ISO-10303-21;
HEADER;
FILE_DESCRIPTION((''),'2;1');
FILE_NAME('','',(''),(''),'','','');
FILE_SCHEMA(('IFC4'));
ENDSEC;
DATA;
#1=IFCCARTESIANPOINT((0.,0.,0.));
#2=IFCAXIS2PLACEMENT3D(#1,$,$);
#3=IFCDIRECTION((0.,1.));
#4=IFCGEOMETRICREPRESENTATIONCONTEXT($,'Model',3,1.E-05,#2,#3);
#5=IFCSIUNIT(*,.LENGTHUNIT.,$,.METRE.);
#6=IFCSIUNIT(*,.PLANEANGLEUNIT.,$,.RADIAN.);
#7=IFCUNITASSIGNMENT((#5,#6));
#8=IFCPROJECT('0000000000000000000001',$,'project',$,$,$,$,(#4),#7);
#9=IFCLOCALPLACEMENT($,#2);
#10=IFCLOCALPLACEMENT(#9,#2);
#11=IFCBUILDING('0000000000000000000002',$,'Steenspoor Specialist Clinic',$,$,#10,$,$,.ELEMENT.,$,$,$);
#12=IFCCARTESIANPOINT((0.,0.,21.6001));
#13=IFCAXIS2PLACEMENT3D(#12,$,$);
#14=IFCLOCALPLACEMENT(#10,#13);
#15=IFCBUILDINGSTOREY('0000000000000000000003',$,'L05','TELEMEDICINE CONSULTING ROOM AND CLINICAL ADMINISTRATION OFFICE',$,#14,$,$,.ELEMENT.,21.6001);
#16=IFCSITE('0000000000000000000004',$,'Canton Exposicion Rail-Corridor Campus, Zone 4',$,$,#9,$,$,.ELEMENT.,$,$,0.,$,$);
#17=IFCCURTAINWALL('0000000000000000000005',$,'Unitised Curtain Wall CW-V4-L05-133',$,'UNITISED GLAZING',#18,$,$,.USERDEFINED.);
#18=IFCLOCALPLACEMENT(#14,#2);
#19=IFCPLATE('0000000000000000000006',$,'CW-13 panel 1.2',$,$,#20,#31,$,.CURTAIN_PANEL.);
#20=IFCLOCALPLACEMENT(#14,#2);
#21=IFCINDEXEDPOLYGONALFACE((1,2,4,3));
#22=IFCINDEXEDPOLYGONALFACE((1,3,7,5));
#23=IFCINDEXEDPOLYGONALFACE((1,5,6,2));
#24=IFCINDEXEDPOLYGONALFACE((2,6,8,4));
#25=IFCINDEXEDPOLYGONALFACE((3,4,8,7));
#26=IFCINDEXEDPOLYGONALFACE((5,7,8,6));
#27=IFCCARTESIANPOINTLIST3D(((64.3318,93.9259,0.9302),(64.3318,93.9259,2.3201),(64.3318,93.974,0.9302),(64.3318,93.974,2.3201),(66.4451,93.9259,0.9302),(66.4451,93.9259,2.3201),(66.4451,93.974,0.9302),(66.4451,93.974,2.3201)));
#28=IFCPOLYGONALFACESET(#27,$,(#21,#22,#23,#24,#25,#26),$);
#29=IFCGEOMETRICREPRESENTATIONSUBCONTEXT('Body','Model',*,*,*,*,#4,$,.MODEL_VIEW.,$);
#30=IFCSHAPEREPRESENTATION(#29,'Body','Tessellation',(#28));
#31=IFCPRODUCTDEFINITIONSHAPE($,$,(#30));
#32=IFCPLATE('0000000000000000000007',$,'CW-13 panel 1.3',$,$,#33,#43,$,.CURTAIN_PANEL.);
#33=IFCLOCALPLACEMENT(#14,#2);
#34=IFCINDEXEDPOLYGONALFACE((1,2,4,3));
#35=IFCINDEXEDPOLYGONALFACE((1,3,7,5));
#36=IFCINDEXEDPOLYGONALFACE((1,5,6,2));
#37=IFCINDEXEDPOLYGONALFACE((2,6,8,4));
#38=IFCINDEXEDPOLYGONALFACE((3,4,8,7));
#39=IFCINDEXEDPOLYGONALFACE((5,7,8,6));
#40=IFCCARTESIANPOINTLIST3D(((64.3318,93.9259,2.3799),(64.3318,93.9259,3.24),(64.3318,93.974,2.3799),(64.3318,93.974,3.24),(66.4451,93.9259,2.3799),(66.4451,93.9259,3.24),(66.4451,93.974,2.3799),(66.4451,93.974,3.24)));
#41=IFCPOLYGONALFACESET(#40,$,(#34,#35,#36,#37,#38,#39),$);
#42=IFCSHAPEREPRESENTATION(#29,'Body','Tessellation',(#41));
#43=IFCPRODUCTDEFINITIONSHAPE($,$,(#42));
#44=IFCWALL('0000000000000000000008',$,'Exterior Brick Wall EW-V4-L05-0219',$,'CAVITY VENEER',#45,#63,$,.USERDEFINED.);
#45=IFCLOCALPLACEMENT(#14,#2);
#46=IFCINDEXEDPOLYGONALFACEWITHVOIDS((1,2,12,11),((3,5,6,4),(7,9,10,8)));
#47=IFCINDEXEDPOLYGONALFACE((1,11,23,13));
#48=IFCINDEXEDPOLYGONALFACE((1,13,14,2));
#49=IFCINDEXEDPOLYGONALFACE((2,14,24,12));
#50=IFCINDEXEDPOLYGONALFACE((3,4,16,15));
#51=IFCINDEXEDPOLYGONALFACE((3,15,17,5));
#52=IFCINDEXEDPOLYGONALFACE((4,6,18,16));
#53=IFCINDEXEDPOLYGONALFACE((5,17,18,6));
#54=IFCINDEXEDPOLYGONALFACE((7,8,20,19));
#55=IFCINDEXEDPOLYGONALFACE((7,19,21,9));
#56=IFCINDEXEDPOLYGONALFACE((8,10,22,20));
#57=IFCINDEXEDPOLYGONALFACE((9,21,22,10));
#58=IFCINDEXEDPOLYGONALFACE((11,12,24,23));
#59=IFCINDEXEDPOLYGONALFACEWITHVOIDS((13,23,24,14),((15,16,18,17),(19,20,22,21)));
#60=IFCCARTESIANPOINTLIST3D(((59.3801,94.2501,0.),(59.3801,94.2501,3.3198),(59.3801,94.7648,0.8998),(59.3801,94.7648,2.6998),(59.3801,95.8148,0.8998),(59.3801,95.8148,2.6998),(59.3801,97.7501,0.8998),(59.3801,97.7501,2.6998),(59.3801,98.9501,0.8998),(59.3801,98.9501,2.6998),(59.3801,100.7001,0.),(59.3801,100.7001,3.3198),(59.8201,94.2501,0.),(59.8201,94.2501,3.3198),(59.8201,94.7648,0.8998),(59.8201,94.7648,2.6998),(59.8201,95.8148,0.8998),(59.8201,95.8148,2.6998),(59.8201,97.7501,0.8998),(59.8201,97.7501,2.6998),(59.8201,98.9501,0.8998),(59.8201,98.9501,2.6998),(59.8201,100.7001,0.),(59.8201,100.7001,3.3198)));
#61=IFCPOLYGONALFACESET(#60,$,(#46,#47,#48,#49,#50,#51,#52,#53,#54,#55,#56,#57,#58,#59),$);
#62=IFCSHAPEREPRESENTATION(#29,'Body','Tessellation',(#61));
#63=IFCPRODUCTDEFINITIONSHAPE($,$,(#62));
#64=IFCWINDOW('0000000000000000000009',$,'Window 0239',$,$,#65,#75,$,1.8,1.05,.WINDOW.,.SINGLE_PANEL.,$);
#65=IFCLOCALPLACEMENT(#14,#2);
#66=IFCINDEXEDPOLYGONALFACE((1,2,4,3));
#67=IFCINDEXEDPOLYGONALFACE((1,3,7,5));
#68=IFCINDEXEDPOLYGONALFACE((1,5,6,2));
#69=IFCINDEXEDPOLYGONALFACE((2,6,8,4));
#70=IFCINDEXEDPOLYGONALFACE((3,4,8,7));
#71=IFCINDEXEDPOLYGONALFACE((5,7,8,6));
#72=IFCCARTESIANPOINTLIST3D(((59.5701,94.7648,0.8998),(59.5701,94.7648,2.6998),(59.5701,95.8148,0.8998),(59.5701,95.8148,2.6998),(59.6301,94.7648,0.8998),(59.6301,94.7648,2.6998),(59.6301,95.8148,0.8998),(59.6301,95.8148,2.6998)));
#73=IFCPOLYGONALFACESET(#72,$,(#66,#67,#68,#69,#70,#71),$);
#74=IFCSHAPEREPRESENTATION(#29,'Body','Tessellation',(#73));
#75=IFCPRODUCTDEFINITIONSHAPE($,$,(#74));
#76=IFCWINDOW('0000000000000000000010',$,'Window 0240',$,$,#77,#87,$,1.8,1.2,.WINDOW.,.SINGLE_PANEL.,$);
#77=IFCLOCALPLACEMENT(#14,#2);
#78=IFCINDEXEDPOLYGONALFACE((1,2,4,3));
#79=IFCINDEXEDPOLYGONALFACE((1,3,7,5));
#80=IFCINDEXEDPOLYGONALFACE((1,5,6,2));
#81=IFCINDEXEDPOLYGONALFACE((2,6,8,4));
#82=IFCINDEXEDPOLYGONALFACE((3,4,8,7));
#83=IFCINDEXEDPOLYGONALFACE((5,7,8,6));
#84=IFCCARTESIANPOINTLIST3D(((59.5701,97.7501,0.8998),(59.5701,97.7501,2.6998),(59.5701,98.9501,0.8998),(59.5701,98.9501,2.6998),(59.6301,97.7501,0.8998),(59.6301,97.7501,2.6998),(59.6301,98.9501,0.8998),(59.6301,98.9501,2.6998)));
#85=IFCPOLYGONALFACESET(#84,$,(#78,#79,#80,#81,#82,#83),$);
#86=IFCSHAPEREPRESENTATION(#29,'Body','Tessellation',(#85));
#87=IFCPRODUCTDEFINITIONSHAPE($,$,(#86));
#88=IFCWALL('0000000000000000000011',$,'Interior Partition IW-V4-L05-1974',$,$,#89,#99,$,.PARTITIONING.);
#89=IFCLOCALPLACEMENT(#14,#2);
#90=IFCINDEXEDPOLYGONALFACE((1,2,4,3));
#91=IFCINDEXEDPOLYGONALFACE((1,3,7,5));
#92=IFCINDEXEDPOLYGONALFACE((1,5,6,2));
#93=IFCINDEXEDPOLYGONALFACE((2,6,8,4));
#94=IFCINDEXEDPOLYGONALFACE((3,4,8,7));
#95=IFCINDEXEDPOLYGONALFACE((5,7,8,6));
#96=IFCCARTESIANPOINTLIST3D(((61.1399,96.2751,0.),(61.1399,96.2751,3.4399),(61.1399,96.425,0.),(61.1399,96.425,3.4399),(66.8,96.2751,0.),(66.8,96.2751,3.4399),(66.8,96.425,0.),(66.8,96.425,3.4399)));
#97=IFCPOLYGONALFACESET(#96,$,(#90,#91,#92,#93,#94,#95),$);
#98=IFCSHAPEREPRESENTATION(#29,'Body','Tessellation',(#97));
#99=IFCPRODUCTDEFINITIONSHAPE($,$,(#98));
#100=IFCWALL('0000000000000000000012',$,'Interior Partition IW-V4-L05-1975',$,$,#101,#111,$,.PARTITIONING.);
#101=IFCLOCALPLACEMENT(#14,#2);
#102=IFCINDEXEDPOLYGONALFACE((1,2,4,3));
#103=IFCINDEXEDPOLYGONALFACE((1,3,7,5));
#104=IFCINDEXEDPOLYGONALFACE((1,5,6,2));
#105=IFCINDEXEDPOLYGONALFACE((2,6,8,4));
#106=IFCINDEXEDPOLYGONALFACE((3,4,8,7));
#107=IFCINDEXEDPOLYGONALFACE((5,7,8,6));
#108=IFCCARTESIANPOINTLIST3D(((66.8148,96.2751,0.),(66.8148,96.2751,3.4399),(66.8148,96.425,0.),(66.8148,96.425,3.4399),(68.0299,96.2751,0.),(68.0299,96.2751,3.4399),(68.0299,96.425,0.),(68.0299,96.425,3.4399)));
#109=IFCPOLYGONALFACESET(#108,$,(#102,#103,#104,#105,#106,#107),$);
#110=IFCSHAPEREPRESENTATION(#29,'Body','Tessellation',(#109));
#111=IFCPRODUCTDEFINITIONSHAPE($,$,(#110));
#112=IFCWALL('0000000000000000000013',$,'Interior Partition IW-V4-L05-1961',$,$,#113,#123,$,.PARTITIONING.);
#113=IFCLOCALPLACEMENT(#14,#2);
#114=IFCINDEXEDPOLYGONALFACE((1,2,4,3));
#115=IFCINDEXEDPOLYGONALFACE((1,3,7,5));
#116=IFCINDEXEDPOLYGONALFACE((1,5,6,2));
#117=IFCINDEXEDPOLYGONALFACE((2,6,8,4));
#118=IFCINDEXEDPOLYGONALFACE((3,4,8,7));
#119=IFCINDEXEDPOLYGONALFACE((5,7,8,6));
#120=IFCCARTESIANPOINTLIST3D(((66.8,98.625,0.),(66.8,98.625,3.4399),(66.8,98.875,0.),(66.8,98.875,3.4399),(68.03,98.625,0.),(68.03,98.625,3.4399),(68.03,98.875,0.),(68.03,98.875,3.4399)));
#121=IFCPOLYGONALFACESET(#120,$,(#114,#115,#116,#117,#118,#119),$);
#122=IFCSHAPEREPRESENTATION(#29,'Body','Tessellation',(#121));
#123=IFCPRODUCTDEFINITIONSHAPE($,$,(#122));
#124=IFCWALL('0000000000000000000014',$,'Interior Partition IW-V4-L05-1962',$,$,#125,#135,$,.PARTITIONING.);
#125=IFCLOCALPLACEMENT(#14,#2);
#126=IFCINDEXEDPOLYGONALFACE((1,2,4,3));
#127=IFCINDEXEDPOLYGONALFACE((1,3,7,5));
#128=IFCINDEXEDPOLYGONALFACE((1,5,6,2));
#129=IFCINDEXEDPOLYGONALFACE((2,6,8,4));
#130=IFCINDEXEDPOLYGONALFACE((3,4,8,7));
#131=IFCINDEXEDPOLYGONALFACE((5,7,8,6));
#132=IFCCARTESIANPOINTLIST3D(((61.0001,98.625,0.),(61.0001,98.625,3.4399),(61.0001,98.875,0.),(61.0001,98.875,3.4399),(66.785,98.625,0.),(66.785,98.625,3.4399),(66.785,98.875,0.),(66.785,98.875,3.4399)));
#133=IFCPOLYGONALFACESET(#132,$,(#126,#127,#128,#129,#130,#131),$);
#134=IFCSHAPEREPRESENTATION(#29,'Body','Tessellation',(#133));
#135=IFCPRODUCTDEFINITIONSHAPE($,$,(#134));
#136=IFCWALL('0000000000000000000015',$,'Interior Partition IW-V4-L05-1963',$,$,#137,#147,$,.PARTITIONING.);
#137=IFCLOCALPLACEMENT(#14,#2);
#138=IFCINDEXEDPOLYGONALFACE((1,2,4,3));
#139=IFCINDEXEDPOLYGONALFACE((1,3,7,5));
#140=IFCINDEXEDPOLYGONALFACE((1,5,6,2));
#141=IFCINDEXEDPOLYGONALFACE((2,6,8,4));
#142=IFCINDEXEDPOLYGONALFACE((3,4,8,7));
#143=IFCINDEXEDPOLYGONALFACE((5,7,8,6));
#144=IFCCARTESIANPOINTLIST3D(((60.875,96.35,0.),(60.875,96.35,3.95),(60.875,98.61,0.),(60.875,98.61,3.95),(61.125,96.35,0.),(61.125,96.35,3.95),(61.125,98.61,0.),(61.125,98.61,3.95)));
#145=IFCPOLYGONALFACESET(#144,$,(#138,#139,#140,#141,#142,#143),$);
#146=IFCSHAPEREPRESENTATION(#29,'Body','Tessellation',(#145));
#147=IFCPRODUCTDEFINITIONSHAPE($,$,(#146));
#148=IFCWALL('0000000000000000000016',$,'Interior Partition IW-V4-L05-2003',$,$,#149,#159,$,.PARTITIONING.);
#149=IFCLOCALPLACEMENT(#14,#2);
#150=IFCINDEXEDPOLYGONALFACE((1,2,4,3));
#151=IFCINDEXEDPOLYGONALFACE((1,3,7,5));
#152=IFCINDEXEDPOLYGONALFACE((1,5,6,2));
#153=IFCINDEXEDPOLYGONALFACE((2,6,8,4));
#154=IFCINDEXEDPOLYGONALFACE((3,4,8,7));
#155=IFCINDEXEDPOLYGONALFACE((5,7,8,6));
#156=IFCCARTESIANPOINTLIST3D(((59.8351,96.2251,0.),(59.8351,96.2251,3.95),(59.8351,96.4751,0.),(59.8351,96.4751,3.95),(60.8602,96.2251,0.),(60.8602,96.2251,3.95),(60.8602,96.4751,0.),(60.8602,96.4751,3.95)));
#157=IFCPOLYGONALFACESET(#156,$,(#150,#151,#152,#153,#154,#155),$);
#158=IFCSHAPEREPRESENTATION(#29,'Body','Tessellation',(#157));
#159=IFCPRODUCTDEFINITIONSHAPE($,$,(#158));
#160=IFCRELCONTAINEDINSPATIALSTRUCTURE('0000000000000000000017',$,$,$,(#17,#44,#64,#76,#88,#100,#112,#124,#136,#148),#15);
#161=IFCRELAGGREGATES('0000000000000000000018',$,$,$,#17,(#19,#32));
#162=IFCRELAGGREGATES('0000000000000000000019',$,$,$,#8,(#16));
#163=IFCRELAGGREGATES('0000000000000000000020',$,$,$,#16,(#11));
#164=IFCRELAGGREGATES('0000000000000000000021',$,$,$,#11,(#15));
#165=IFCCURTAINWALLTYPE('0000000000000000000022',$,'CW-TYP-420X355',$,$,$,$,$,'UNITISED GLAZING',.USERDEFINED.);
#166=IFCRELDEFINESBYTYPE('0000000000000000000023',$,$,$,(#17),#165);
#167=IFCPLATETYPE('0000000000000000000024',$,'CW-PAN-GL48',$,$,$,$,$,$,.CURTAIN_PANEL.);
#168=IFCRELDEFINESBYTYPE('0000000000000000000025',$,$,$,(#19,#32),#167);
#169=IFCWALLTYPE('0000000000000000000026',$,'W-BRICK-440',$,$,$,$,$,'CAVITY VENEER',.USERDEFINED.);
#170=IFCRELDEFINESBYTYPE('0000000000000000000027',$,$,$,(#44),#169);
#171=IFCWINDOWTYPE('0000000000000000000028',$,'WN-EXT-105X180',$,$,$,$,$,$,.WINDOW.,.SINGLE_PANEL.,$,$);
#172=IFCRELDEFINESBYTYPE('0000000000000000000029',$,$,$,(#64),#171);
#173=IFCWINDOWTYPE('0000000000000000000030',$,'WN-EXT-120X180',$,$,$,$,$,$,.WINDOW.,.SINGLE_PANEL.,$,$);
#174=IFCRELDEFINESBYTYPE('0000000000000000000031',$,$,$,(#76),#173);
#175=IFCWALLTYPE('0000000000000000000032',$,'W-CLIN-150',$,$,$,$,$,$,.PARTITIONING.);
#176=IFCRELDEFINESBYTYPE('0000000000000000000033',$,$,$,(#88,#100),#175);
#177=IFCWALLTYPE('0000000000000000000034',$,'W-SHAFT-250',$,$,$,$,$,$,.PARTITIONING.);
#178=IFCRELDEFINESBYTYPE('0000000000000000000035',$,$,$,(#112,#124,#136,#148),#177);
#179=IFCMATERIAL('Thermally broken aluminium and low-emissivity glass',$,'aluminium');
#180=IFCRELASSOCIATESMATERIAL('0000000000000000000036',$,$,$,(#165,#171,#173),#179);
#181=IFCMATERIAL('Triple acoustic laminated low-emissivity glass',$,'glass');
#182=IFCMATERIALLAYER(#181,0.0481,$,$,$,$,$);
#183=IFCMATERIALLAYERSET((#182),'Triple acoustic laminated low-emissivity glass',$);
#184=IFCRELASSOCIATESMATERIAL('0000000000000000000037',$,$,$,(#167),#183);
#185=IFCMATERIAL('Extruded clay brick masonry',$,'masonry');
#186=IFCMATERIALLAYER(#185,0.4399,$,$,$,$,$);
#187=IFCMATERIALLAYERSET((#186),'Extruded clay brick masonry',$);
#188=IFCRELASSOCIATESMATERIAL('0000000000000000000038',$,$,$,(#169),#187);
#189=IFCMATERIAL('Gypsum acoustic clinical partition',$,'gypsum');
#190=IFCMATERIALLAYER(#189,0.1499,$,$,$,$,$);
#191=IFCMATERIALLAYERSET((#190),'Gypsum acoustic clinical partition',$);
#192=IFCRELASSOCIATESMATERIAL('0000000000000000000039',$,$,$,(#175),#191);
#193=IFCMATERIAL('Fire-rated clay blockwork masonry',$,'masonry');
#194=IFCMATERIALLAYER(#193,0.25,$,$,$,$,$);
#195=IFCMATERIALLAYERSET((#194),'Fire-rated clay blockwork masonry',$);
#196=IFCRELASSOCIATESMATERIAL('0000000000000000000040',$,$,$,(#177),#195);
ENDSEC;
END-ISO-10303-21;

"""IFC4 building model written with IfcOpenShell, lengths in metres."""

from ifc_helpers import new_model, si_unit, direction, frame, frame_2d, origin, origin_2d, place, context, subcontext, project, spatial, rectangle, extrude, material, layer, layer_set, type_object, element, fill, aggregate, save


model = new_model("IFC4")

# Units and contexts
model_context = context("Model", 3, precision=1e-05, world=origin(), true_north=direction((0.0, 1.0)))
body_context = subcontext(model_context, "Body", "Model", "MODEL_VIEW")
ifc_project = project(units=[si_unit("LENGTHUNIT", "METRE"), si_unit("PLANEANGLEUNIT", "RADIAN")], contexts=[model_context])

# Site, building, storey
site_placement = place(None, origin())
site = spatial("IfcSite", under=ifc_project, at=site_placement, Name="Canton Exposicion Rail-Corridor Campus, Zone 4", CompositionType="ELEMENT", RefElevation=0.0)
building_placement = place(site_placement, origin())
building = spatial("IfcBuilding", under=site, at=building_placement, Name="Steenspoor Specialist Clinic", CompositionType="ELEMENT")
storey_placement = place(building_placement, frame((0.0, 0.0, 21.6001)))
storey = spatial("IfcBuildingStorey", under=building, at=storey_placement, Name="L05", Description="TELEMEDICINE CONSULTING ROOM AND CLINICAL ADMINISTRATION OFFICE", CompositionType="ELEMENT", Elevation=21.6001)

# Curtain wall, plates
ifc_material_1 = material(Name="Thermally broken aluminium and low-emissivity glass", Category="aluminium")
curtain_wall_type = type_object("IfcCurtainWallType", Name="CW-TYP-420X355", ElementType="UNITISED GLAZING", PredefinedType="USERDEFINED", material=ifc_material_1)
curtain_wall_placement = place(storey_placement, origin())
curtain_wall = element("IfcCurtainWall", 1, at=curtain_wall_placement, inside=storey, type_object=curtain_wall_type, Name="Unitised Curtain Wall CW-V4-L05-133", ObjectType="UNITISED GLAZING", PredefinedType="USERDEFINED")
ifc_material_2 = material(Name="Triple acoustic laminated low-emissivity glass", Category="glass")
ifc_layer_1 = layer(ifc_material_2, 0.0481)
ifc_layer_set_1 = layer_set([ifc_layer_1], Name="Triple acoustic laminated low-emissivity glass")
plate_type = type_object("IfcPlateType", Name="CW-PAN-GL48", PredefinedType="CURTAIN_PANEL", material=ifc_layer_set_1)
plate_1_placement = place(storey_placement, frame((65.3884, 93.95, 0.9302), z_axis=(0.0, 0.0, 1.0), x_axis=(-1.0, 0.0, 0.0)))
plate_1 = element("IfcPlate", 2, at=plate_1_placement, type_object=plate_type, Name="CW-13 panel 1.2", PredefinedType="CURTAIN_PANEL", context=body_context, shape_type="SweptSolid", body=[
    extrude(rectangle(XDim=2.1133, YDim=0.0481, at=origin_2d()), origin(), (0.0, 0.0, 1.0), 1.3899),
])
plate_2_placement = place(storey_placement, frame((65.3884, 93.95, 2.3799), z_axis=(0.0, 0.0, 1.0), x_axis=(-1.0, 0.0, 0.0)))
plate_2 = element("IfcPlate", 3, at=plate_2_placement, type_object=plate_type, Name="CW-13 panel 1.3", PredefinedType="CURTAIN_PANEL", context=body_context, shape_type="SweptSolid", body=[
    extrude(rectangle(XDim=2.1133, YDim=0.0481, at=origin_2d()), origin(), (0.0, 0.0, 1.0), 0.8601),
])
aggregate(curtain_wall, [plate_1, plate_2])

# Wall, openings, windows
ifc_material_3 = material(Name="Extruded clay brick masonry", Category="masonry")
ifc_layer_2 = layer(ifc_material_3, 0.4399)
ifc_layer_set_2 = layer_set([ifc_layer_2], Name="Extruded clay brick masonry")
wall_type_1 = type_object("IfcWallType", Name="W-BRICK-440", ElementType="CAVITY VENEER", PredefinedType="USERDEFINED", material=ifc_layer_set_2)
wall_1_placement = place(storey_placement, frame((59.6001, 94.25, 0.0), z_axis=(0.0, 0.0, 1.0), x_axis=(0.0, 1.0, 0.0)))
wall_1 = element("IfcWall", 4, at=wall_1_placement, inside=storey, type_object=wall_type_1, Name="Exterior Brick Wall EW-V4-L05-0219", ObjectType="CAVITY VENEER", PredefinedType="USERDEFINED", context=body_context, shape_type="SweptSolid", body=[
    extrude(rectangle(XDim=6.45, YDim=0.4399, at=frame_2d((3.2251, 0.0))), origin(), (0.0, 0.0, 1.0), 3.3198),
])
opening_1_placement = place(wall_1_placement, frame((0.5149, 0.0, 0.8999)))
opening_1 = element("IfcOpeningElement", 5, at=opening_1_placement, cuts=wall_1, PredefinedType="OPENING", context=body_context, shape_type="SweptSolid", body=[
    extrude(rectangle(XDim=1.05, YDim=1.8, at=frame_2d((0.5249, 0.8999))), frame((0.0, 0.23, 0.0), z_axis=(0.0, -1.0, 0.0), x_axis=(1.0, 0.0, 0.0)), (0.0, 0.0, 1.0), 0.46),
])
opening_2_placement = place(wall_1_placement, frame((3.5, 0.0, 0.8999)))
opening_2 = element("IfcOpeningElement", 6, at=opening_2_placement, cuts=wall_1, PredefinedType="OPENING", context=body_context, shape_type="SweptSolid", body=[
    extrude(rectangle(XDim=1.2, YDim=1.8, at=frame_2d((0.6001, 0.8999))), frame((0.0, 0.23, 0.0), z_axis=(0.0, -1.0, 0.0), x_axis=(1.0, 0.0, 0.0)), (0.0, 0.0, 1.0), 0.46),
])
window_type_1 = type_object("IfcWindowType", Name="WN-EXT-105X180", PartitioningType="SINGLE_PANEL", PredefinedType="WINDOW", material=ifc_material_1)
window_1_placement = place(opening_1_placement, origin())
window_1 = element("IfcWindow", 7, at=window_1_placement, inside=storey, type_object=window_type_1, Name="Window 0239", OverallHeight=1.8, OverallWidth=1.05, PartitioningType="SINGLE_PANEL", PredefinedType="WINDOW", context=body_context, shape_type="SweptSolid", body=[
    extrude(rectangle(XDim=1.05, YDim=1.8, at=frame_2d((0.5249, 0.8999))), frame((0.0, 0.03, 0.0), z_axis=(0.0, -1.0, 0.0), x_axis=(1.0, 0.0, 0.0)), (0.0, 0.0, 1.0), 0.0601),
])
fill(opening_1, window_1)
window_type_2 = type_object("IfcWindowType", Name="WN-EXT-120X180", PartitioningType="SINGLE_PANEL", PredefinedType="WINDOW", material=ifc_material_1)
window_2_placement = place(opening_2_placement, origin())
window_2 = element("IfcWindow", 8, at=window_2_placement, inside=storey, type_object=window_type_2, Name="Window 0240", OverallHeight=1.8, OverallWidth=1.2, PartitioningType="SINGLE_PANEL", PredefinedType="WINDOW", context=body_context, shape_type="SweptSolid", body=[
    extrude(rectangle(XDim=1.2, YDim=1.8, at=frame_2d((0.6001, 0.8999))), frame((0.0, 0.03, 0.0), z_axis=(0.0, -1.0, 0.0), x_axis=(1.0, 0.0, 0.0)), (0.0, 0.0, 1.0), 0.0601),
])
fill(opening_2, window_2)

# Walls
ifc_material_4 = material(Name="Gypsum acoustic clinical partition", Category="gypsum")
ifc_layer_3 = layer(ifc_material_4, 0.1499)
ifc_layer_set_3 = layer_set([ifc_layer_3], Name="Gypsum acoustic clinical partition")
wall_type_2 = type_object("IfcWallType", Name="W-CLIN-150", PredefinedType="PARTITIONING", material=ifc_layer_set_3)
wall_2_placement = place(storey_placement, frame((61.1399, 96.3501, 0.0), z_axis=(0.0, 0.0, 1.0), x_axis=(1.0, 0.0, 0.0)))
element("IfcWall", 9, at=wall_2_placement, inside=storey, type_object=wall_type_2, Name="Interior Partition IW-V4-L05-1974", PredefinedType="PARTITIONING", context=body_context, shape_type="SweptSolid", body=[
    extrude(rectangle(XDim=5.6602, YDim=0.1499, at=frame_2d((2.8301, 0.0))), origin(), (0.0, 0.0, 1.0), 3.4399),
])
wall_3_placement = place(storey_placement, frame((66.8149, 96.3501, 0.0), z_axis=(0.0, 0.0, 1.0), x_axis=(1.0, 0.0, 0.0)))
element("IfcWall", 10, at=wall_3_placement, inside=storey, type_object=wall_type_2, Name="Interior Partition IW-V4-L05-1975", PredefinedType="PARTITIONING", context=body_context, shape_type="SweptSolid", body=[
    extrude(rectangle(XDim=1.2151, YDim=0.1499, at=frame_2d((0.6074, 0.0))), origin(), (0.0, 0.0, 1.0), 3.4399),
])
ifc_material_5 = material(Name="Fire-rated clay blockwork masonry", Category="masonry")
ifc_layer_4 = layer(ifc_material_5, 0.25)
ifc_layer_set_4 = layer_set([ifc_layer_4], Name="Fire-rated clay blockwork masonry")
wall_type_3 = type_object("IfcWallType", Name="W-SHAFT-250", PredefinedType="PARTITIONING", material=ifc_layer_set_4)
wall_4_placement = place(storey_placement, frame((66.8, 98.75, 0.0), z_axis=(0.0, 0.0, 1.0), x_axis=(1.0, 0.0, 0.0)))
element("IfcWall", 11, at=wall_4_placement, inside=storey, type_object=wall_type_3, Name="Interior Partition IW-V4-L05-1961", PredefinedType="PARTITIONING", context=body_context, shape_type="SweptSolid", body=[
    extrude(rectangle(XDim=1.23, YDim=0.25, at=frame_2d((0.615, 0.0))), origin(), (0.0, 0.0, 1.0), 3.4399),
])
wall_5_placement = place(storey_placement, frame((61.0, 98.75, 0.0), z_axis=(0.0, 0.0, 1.0), x_axis=(1.0, 0.0, 0.0)))
element("IfcWall", 12, at=wall_5_placement, inside=storey, type_object=wall_type_3, Name="Interior Partition IW-V4-L05-1962", PredefinedType="PARTITIONING", context=body_context, shape_type="SweptSolid", body=[
    extrude(rectangle(XDim=5.7849, YDim=0.25, at=frame_2d((2.8926, 0.0))), origin(), (0.0, 0.0, 1.0), 3.4399),
])
wall_6_placement = place(storey_placement, frame((61.0, 96.3501, 0.0), z_axis=(0.0, 0.0, 1.0), x_axis=(0.0, 1.0, 0.0)))
element("IfcWall", 13, at=wall_6_placement, inside=storey, type_object=wall_type_3, Name="Interior Partition IW-V4-L05-1963", PredefinedType="PARTITIONING", context=body_context, shape_type="SweptSolid", body=[
    extrude(rectangle(XDim=2.26, YDim=0.25, at=frame_2d((1.1299, 0.0))), origin(), (0.0, 0.0, 1.0), 3.95),
])
wall_7_placement = place(storey_placement, frame((59.835, 96.3501, 0.0), z_axis=(0.0, 0.0, 1.0), x_axis=(1.0, 0.0, 0.0)))
element("IfcWall", 14, at=wall_7_placement, inside=storey, type_object=wall_type_3, Name="Interior Partition IW-V4-L05-2003", PredefinedType="PARTITIONING", context=body_context, shape_type="SweptSolid", body=[
    extrude(rectangle(XDim=1.0251, YDim=0.25, at=frame_2d((0.5127, 0.0))), origin(), (0.0, 0.0, 1.0), 3.95),
])

save(model, "model.ifc")
